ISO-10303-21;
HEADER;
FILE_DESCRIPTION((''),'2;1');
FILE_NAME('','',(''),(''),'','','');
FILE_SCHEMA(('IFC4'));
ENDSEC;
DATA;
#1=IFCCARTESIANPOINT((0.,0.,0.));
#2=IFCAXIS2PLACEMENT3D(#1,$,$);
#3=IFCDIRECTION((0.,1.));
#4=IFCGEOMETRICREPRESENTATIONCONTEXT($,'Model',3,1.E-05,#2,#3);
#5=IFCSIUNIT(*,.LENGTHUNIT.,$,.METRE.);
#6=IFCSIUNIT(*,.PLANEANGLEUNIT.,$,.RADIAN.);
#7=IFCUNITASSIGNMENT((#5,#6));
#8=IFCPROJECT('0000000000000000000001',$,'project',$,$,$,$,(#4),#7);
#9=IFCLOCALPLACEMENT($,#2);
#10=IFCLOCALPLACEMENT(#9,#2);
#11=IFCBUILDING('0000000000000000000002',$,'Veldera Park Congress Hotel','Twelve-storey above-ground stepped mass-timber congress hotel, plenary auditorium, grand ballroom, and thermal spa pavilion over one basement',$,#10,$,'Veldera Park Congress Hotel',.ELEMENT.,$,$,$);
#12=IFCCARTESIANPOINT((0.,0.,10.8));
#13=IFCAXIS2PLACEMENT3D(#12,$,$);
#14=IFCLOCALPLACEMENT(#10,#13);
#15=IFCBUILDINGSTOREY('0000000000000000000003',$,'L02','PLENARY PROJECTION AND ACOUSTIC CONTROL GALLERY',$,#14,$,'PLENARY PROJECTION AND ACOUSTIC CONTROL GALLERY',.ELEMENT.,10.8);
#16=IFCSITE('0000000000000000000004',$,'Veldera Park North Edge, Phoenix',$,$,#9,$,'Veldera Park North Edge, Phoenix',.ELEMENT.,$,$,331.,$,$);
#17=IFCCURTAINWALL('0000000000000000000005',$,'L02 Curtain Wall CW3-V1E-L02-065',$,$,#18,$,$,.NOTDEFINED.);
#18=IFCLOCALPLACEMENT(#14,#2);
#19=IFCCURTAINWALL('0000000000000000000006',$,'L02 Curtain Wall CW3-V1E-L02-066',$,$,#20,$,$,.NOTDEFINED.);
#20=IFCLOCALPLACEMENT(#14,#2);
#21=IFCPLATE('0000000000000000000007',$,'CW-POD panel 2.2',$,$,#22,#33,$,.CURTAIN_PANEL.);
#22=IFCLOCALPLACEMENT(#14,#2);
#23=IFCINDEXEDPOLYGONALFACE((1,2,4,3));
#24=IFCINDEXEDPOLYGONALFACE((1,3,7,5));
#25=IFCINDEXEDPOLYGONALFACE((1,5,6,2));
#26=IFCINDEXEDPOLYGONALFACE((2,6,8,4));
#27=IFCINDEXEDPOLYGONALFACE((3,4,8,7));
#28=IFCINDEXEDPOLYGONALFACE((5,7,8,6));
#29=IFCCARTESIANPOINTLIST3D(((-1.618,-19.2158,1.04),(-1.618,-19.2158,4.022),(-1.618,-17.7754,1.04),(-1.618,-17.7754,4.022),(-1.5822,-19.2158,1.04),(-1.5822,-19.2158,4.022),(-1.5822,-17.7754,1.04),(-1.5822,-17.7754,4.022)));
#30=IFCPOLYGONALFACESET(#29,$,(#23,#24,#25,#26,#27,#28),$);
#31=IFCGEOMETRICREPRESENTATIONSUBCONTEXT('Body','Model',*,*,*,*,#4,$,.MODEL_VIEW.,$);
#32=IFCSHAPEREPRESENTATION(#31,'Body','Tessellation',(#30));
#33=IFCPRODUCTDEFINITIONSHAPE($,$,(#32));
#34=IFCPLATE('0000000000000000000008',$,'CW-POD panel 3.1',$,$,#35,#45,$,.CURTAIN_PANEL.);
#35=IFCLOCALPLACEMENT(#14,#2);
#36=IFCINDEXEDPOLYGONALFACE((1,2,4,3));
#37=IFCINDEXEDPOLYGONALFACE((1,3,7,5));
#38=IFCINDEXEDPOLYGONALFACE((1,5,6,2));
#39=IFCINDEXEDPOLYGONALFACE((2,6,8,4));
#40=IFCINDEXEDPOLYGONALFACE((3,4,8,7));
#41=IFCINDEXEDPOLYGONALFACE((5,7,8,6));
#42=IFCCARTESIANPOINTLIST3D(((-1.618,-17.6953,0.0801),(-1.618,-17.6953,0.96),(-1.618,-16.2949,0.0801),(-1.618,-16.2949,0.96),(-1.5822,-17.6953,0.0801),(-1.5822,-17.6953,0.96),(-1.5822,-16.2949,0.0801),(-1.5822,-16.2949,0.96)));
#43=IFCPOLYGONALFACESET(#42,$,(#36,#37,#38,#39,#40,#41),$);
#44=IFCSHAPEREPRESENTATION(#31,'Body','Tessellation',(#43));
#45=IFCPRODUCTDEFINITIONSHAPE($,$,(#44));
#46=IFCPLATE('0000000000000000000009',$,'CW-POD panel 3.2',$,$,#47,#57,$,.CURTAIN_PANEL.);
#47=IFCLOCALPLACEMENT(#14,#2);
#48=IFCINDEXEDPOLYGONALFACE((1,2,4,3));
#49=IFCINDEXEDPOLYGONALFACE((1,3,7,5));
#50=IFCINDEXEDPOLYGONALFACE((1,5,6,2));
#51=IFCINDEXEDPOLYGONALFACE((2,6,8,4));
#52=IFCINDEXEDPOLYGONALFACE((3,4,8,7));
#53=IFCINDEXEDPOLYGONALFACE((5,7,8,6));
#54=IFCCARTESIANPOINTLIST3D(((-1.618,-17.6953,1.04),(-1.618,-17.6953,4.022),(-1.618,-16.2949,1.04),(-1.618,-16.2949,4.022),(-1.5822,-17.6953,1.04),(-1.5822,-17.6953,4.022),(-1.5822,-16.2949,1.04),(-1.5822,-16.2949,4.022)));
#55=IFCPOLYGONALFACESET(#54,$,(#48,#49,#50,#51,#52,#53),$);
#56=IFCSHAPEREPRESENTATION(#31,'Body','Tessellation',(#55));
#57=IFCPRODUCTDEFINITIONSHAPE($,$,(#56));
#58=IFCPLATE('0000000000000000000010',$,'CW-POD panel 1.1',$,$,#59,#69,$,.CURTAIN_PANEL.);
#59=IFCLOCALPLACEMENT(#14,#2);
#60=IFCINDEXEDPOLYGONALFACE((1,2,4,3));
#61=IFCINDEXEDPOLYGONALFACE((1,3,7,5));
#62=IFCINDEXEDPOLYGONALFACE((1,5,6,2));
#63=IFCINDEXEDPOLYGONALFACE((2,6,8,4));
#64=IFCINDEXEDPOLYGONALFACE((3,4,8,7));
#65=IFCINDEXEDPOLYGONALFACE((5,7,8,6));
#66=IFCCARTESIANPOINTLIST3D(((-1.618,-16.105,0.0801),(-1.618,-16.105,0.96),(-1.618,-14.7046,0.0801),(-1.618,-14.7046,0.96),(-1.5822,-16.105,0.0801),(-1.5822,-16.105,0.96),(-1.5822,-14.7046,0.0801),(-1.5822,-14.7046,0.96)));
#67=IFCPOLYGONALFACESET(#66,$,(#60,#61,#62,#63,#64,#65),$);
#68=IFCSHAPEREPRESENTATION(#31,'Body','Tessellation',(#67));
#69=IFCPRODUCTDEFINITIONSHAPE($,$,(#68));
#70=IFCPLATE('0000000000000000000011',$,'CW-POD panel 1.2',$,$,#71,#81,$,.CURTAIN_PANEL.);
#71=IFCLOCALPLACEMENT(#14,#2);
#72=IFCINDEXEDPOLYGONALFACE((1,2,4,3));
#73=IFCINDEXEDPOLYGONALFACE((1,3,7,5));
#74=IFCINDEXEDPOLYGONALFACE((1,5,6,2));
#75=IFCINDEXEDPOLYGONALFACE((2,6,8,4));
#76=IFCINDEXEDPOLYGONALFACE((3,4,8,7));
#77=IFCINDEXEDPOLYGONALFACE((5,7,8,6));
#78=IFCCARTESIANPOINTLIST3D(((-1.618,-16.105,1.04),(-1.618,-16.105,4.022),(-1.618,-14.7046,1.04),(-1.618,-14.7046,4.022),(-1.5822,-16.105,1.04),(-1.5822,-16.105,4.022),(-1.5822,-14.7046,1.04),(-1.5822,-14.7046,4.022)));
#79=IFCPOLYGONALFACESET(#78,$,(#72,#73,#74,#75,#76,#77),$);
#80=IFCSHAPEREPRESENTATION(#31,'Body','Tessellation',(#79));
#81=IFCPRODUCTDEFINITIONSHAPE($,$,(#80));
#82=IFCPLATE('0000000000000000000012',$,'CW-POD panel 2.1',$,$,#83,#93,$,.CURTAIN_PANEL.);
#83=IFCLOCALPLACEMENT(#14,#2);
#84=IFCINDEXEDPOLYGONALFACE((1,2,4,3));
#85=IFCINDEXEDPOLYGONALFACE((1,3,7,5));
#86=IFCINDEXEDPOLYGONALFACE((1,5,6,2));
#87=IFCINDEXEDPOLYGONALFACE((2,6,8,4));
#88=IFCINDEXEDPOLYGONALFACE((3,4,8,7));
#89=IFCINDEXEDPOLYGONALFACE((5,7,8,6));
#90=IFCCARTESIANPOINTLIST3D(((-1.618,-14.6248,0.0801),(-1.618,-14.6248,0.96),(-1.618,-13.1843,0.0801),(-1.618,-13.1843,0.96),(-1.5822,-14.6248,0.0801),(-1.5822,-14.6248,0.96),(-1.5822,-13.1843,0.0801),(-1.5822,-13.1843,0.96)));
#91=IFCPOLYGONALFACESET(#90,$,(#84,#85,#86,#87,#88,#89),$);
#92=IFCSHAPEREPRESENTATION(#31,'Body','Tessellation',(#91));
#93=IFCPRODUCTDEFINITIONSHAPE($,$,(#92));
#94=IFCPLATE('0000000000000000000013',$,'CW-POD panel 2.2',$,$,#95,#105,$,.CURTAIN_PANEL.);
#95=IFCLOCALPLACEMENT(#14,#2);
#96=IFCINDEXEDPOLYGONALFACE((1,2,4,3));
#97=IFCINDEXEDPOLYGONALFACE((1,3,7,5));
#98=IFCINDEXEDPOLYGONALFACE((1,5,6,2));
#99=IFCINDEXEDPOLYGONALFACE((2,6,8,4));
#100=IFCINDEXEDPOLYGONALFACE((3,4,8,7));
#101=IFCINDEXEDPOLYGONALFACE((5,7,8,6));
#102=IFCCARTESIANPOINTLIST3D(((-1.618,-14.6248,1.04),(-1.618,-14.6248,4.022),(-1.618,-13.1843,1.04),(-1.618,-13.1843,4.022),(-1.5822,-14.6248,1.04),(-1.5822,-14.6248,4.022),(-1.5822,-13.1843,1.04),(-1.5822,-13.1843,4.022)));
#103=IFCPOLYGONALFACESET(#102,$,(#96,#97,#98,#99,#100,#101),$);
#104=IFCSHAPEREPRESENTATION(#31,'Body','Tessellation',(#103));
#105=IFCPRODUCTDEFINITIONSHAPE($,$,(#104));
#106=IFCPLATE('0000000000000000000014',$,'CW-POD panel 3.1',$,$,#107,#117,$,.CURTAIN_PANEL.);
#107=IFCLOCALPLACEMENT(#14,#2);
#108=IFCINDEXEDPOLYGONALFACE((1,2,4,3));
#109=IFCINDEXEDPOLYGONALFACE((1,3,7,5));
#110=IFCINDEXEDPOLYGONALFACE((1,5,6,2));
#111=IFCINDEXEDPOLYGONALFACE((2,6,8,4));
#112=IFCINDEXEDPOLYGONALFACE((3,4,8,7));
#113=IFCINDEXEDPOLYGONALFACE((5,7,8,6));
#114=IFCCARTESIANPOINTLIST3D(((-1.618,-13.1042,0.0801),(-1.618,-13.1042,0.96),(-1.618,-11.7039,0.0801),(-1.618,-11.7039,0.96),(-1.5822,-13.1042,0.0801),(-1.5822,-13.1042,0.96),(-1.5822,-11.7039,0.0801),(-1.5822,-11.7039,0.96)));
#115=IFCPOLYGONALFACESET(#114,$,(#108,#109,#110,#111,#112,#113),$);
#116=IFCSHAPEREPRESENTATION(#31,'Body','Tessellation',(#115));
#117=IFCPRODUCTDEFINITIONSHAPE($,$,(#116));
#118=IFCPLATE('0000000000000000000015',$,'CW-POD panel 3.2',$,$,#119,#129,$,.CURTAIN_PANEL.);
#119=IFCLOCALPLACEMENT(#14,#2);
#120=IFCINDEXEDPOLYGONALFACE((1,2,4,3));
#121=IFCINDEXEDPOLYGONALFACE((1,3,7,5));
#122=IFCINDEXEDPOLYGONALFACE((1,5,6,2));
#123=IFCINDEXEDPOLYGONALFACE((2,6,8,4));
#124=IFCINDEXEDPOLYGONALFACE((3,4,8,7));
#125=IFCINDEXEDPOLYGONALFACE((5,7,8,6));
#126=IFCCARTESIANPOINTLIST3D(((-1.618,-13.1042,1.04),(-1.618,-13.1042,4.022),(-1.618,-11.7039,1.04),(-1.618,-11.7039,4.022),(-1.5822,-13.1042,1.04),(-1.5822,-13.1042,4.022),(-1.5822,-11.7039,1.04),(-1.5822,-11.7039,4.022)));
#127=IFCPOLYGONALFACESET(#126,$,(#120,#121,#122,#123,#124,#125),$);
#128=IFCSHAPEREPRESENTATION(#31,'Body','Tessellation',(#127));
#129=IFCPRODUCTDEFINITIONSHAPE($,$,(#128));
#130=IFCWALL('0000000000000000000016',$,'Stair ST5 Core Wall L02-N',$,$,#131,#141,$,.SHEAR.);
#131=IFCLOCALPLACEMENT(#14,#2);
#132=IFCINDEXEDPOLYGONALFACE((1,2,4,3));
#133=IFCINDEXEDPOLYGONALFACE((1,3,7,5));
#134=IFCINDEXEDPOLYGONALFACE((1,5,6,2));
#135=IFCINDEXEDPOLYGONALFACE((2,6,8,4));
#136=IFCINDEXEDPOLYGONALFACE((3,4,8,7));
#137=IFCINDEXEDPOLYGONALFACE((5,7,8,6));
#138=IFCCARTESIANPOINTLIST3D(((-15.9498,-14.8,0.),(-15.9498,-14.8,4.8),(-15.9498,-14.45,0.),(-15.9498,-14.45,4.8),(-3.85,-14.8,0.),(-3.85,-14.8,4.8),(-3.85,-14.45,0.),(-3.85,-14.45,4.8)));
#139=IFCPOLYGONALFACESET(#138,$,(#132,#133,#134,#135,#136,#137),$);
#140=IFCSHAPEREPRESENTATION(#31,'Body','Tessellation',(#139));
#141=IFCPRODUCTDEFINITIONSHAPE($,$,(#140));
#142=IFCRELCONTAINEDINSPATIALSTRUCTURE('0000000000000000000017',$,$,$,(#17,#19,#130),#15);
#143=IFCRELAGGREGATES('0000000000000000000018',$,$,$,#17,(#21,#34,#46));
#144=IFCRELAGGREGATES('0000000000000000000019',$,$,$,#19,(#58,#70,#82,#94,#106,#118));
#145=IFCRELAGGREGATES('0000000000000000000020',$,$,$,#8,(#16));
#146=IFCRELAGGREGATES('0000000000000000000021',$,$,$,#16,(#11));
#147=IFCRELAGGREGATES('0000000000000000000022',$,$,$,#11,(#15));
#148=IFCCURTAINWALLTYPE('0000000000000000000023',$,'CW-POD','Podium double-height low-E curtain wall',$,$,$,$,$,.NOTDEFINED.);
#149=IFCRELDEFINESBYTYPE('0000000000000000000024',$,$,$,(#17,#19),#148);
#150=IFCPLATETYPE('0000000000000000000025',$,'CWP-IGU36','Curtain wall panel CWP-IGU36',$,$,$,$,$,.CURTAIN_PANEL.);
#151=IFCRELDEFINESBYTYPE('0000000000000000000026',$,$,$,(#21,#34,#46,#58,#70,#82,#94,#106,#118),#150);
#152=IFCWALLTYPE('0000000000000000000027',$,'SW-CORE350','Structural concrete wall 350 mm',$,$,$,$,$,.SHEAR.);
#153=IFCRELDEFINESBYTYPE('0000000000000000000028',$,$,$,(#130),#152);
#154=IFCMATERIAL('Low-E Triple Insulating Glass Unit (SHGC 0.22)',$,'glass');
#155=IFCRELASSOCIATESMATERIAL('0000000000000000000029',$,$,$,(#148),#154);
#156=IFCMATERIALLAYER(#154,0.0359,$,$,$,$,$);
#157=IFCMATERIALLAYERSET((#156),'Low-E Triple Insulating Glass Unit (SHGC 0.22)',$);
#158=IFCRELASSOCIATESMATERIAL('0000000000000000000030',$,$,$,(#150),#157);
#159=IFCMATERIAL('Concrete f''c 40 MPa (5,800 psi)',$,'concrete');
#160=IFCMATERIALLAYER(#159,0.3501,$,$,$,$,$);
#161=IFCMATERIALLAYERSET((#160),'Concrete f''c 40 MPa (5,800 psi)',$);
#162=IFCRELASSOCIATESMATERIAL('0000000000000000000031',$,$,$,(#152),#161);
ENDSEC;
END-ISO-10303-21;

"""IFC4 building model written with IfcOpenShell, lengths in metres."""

from ifc_helpers import new_model, si_unit, direction, frame, frame_2d, origin, origin_2d, place, context, subcontext, project, spatial, rectangle, extrude, material, layer, layer_set, type_object, element, aggregate, save


model = new_model("IFC4")

# Units and contexts
model_context = context("Model", 3, precision=1e-05, world=origin(), true_north=direction((0.0, 1.0)))
body_context = subcontext(model_context, "Body", "Model", "MODEL_VIEW")
ifc_project = project(units=[si_unit("LENGTHUNIT", "METRE"), si_unit("PLANEANGLEUNIT", "RADIAN")], contexts=[model_context])

# Site, building, storey
site_placement = place(None, origin())
site = spatial("IfcSite", under=ifc_project, at=site_placement, Name="Veldera Park North Edge, Phoenix", LongName="Veldera Park North Edge, Phoenix", CompositionType="ELEMENT", RefElevation=331.0)
building_placement = place(site_placement, origin())
building = spatial("IfcBuilding", under=site, at=building_placement, Name="Veldera Park Congress Hotel", Description="Twelve-storey above-ground stepped mass-timber congress hotel, plenary auditorium, grand ballroom, and thermal spa pavilion over one basement", LongName="Veldera Park Congress Hotel", CompositionType="ELEMENT")
storey_placement = place(building_placement, frame((0.0, 0.0, 10.8)))
storey = spatial("IfcBuildingStorey", under=building, at=storey_placement, Name="L02", Description="PLENARY PROJECTION AND ACOUSTIC CONTROL GALLERY", LongName="PLENARY PROJECTION AND ACOUSTIC CONTROL GALLERY", CompositionType="ELEMENT", Elevation=10.8)

# Curtain walls
ifc_material_1 = material(Name="Low-E Triple Insulating Glass Unit (SHGC 0.22)", Category="glass")
curtain_wall_type = type_object("IfcCurtainWallType", Name="CW-POD", Description="Podium double-height low-E curtain wall", PredefinedType="NOTDEFINED", material=ifc_material_1)
curtain_wall_1_placement = place(storey_placement, origin())
curtain_wall_1 = element("IfcCurtainWall", 1, at=curtain_wall_1_placement, inside=storey, type_object=curtain_wall_type, Name="L02 Curtain Wall CW3-V1E-L02-065", PredefinedType="NOTDEFINED")
curtain_wall_2_placement = place(storey_placement, origin())
curtain_wall_2 = element("IfcCurtainWall", 2, at=curtain_wall_2_placement, inside=storey, type_object=curtain_wall_type, Name="L02 Curtain Wall CW3-V1E-L02-066", PredefinedType="NOTDEFINED")

# Plates
ifc_layer_1 = layer(ifc_material_1, 0.0359)
ifc_layer_set_1 = layer_set([ifc_layer_1], Name="Low-E Triple Insulating Glass Unit (SHGC 0.22)")
plate_type = type_object("IfcPlateType", Name="CWP-IGU36", Description="Curtain wall panel CWP-IGU36", PredefinedType="CURTAIN_PANEL", material=ifc_layer_set_1)
plate_1_placement = place(storey_placement, frame((-1.6001, -18.4956, 1.04), z_axis=(0.0, 0.0, 1.0), x_axis=(0.0, 1.0, 0.0)))
plate_1 = element("IfcPlate", 3, at=plate_1_placement, type_object=plate_type, Name="CW-POD panel 2.2", PredefinedType="CURTAIN_PANEL", context=body_context, shape_type="SweptSolid", body=[
    extrude(rectangle(XDim=1.4404, YDim=0.0359, at=origin_2d()), origin(), (0.0, 0.0, 1.0), 2.9819),
])
plate_2_placement = place(storey_placement, frame((-1.6001, -16.9951, 0.0801), z_axis=(0.0, 0.0, 1.0), x_axis=(0.0, 1.0, 0.0)))
plate_2 = element("IfcPlate", 4, at=plate_2_placement, type_object=plate_type, Name="CW-POD panel 3.1", PredefinedType="CURTAIN_PANEL", context=body_context, shape_type="SweptSolid", body=[
    extrude(rectangle(XDim=1.4004, YDim=0.0359, at=origin_2d()), origin(), (0.0, 0.0, 1.0), 0.8799),
])
plate_3_placement = place(storey_placement, frame((-1.6001, -16.9951, 1.04), z_axis=(0.0, 0.0, 1.0), x_axis=(0.0, 1.0, 0.0)))
plate_3 = element("IfcPlate", 5, at=plate_3_placement, type_object=plate_type, Name="CW-POD panel 3.2", PredefinedType="CURTAIN_PANEL", context=body_context, shape_type="SweptSolid", body=[
    extrude(rectangle(XDim=1.4004, YDim=0.0359, at=origin_2d()), origin(), (0.0, 0.0, 1.0), 2.9819),
])
aggregate(curtain_wall_1, [plate_1, plate_2, plate_3])
plate_4_placement = place(storey_placement, frame((-1.6001, -15.4048, 0.0801), z_axis=(0.0, 0.0, 1.0), x_axis=(0.0, 1.0, 0.0)))
plate_4 = element("IfcPlate", 6, at=plate_4_placement, type_object=plate_type, Name="CW-POD panel 1.1", PredefinedType="CURTAIN_PANEL", context=body_context, shape_type="SweptSolid", body=[
    extrude(rectangle(XDim=1.4004, YDim=0.0359, at=origin_2d()), origin(), (0.0, 0.0, 1.0), 0.8799),
])
plate_5_placement = place(storey_placement, frame((-1.6001, -15.4048, 1.04), z_axis=(0.0, 0.0, 1.0), x_axis=(0.0, 1.0, 0.0)))
plate_5 = element("IfcPlate", 7, at=plate_5_placement, type_object=plate_type, Name="CW-POD panel 1.2", PredefinedType="CURTAIN_PANEL", context=body_context, shape_type="SweptSolid", body=[
    extrude(rectangle(XDim=1.4004, YDim=0.0359, at=origin_2d()), origin(), (0.0, 0.0, 1.0), 2.9819),
])
plate_6_placement = place(storey_placement, frame((-1.6001, -13.9045, 0.0801), z_axis=(0.0, 0.0, 1.0), x_axis=(0.0, 1.0, 0.0)))
plate_6 = element("IfcPlate", 8, at=plate_6_placement, type_object=plate_type, Name="CW-POD panel 2.1", PredefinedType="CURTAIN_PANEL", context=body_context, shape_type="SweptSolid", body=[
    extrude(rectangle(XDim=1.4404, YDim=0.0359, at=origin_2d()), origin(), (0.0, 0.0, 1.0), 0.8799),
])
plate_7_placement = place(storey_placement, frame((-1.6001, -13.9045, 1.04), z_axis=(0.0, 0.0, 1.0), x_axis=(0.0, 1.0, 0.0)))
plate_7 = element("IfcPlate", 9, at=plate_7_placement, type_object=plate_type, Name="CW-POD panel 2.2", PredefinedType="CURTAIN_PANEL", context=body_context, shape_type="SweptSolid", body=[
    extrude(rectangle(XDim=1.4404, YDim=0.0359, at=origin_2d()), origin(), (0.0, 0.0, 1.0), 2.9819),
])
plate_8_placement = place(storey_placement, frame((-1.6001, -12.4041, 0.0801), z_axis=(0.0, 0.0, 1.0), x_axis=(0.0, 1.0, 0.0)))
plate_8 = element("IfcPlate", 10, at=plate_8_placement, type_object=plate_type, Name="CW-POD panel 3.1", PredefinedType="CURTAIN_PANEL", context=body_context, shape_type="SweptSolid", body=[
    extrude(rectangle(XDim=1.4004, YDim=0.0359, at=origin_2d()), origin(), (0.0, 0.0, 1.0), 0.8799),
])
plate_9_placement = place(storey_placement, frame((-1.6001, -12.4041, 1.04), z_axis=(0.0, 0.0, 1.0), x_axis=(0.0, 1.0, 0.0)))
plate_9 = element("IfcPlate", 11, at=plate_9_placement, type_object=plate_type, Name="CW-POD panel 3.2", PredefinedType="CURTAIN_PANEL", context=body_context, shape_type="SweptSolid", body=[
    extrude(rectangle(XDim=1.4004, YDim=0.0359, at=origin_2d()), origin(), (0.0, 0.0, 1.0), 2.9819),
])
aggregate(curtain_wall_2, [plate_4, plate_5, plate_6, plate_7, plate_8, plate_9])

# Wall
ifc_material_2 = material(Name="Concrete f'c 40 MPa (5,800 psi)", Category="concrete")
ifc_layer_2 = layer(ifc_material_2, 0.3501)
ifc_layer_set_2 = layer_set([ifc_layer_2], Name="Concrete f'c 40 MPa (5,800 psi)")
wall_type = type_object("IfcWallType", Name="SW-CORE350", Description="Structural concrete wall 350 mm", PredefinedType="SHEAR", material=ifc_layer_set_2)
wall_placement = place(storey_placement, frame((-3.8501, -14.625, 0.0), z_axis=(0.0, 0.0, 1.0), x_axis=(-1.0, 0.0, 0.0)))
element("IfcWall", 12, at=wall_placement, inside=storey, type_object=wall_type, Name="Stair ST5 Core Wall L02-N", PredefinedType="SHEAR", context=body_context, shape_type="SweptSolid", body=[
    extrude(rectangle(XDim=12.0999, YDim=0.3501, at=frame_2d((6.0498, 0.0))), origin(), (0.0, 0.0, 1.0), 4.8),
])

save(model, "model.ifc")
